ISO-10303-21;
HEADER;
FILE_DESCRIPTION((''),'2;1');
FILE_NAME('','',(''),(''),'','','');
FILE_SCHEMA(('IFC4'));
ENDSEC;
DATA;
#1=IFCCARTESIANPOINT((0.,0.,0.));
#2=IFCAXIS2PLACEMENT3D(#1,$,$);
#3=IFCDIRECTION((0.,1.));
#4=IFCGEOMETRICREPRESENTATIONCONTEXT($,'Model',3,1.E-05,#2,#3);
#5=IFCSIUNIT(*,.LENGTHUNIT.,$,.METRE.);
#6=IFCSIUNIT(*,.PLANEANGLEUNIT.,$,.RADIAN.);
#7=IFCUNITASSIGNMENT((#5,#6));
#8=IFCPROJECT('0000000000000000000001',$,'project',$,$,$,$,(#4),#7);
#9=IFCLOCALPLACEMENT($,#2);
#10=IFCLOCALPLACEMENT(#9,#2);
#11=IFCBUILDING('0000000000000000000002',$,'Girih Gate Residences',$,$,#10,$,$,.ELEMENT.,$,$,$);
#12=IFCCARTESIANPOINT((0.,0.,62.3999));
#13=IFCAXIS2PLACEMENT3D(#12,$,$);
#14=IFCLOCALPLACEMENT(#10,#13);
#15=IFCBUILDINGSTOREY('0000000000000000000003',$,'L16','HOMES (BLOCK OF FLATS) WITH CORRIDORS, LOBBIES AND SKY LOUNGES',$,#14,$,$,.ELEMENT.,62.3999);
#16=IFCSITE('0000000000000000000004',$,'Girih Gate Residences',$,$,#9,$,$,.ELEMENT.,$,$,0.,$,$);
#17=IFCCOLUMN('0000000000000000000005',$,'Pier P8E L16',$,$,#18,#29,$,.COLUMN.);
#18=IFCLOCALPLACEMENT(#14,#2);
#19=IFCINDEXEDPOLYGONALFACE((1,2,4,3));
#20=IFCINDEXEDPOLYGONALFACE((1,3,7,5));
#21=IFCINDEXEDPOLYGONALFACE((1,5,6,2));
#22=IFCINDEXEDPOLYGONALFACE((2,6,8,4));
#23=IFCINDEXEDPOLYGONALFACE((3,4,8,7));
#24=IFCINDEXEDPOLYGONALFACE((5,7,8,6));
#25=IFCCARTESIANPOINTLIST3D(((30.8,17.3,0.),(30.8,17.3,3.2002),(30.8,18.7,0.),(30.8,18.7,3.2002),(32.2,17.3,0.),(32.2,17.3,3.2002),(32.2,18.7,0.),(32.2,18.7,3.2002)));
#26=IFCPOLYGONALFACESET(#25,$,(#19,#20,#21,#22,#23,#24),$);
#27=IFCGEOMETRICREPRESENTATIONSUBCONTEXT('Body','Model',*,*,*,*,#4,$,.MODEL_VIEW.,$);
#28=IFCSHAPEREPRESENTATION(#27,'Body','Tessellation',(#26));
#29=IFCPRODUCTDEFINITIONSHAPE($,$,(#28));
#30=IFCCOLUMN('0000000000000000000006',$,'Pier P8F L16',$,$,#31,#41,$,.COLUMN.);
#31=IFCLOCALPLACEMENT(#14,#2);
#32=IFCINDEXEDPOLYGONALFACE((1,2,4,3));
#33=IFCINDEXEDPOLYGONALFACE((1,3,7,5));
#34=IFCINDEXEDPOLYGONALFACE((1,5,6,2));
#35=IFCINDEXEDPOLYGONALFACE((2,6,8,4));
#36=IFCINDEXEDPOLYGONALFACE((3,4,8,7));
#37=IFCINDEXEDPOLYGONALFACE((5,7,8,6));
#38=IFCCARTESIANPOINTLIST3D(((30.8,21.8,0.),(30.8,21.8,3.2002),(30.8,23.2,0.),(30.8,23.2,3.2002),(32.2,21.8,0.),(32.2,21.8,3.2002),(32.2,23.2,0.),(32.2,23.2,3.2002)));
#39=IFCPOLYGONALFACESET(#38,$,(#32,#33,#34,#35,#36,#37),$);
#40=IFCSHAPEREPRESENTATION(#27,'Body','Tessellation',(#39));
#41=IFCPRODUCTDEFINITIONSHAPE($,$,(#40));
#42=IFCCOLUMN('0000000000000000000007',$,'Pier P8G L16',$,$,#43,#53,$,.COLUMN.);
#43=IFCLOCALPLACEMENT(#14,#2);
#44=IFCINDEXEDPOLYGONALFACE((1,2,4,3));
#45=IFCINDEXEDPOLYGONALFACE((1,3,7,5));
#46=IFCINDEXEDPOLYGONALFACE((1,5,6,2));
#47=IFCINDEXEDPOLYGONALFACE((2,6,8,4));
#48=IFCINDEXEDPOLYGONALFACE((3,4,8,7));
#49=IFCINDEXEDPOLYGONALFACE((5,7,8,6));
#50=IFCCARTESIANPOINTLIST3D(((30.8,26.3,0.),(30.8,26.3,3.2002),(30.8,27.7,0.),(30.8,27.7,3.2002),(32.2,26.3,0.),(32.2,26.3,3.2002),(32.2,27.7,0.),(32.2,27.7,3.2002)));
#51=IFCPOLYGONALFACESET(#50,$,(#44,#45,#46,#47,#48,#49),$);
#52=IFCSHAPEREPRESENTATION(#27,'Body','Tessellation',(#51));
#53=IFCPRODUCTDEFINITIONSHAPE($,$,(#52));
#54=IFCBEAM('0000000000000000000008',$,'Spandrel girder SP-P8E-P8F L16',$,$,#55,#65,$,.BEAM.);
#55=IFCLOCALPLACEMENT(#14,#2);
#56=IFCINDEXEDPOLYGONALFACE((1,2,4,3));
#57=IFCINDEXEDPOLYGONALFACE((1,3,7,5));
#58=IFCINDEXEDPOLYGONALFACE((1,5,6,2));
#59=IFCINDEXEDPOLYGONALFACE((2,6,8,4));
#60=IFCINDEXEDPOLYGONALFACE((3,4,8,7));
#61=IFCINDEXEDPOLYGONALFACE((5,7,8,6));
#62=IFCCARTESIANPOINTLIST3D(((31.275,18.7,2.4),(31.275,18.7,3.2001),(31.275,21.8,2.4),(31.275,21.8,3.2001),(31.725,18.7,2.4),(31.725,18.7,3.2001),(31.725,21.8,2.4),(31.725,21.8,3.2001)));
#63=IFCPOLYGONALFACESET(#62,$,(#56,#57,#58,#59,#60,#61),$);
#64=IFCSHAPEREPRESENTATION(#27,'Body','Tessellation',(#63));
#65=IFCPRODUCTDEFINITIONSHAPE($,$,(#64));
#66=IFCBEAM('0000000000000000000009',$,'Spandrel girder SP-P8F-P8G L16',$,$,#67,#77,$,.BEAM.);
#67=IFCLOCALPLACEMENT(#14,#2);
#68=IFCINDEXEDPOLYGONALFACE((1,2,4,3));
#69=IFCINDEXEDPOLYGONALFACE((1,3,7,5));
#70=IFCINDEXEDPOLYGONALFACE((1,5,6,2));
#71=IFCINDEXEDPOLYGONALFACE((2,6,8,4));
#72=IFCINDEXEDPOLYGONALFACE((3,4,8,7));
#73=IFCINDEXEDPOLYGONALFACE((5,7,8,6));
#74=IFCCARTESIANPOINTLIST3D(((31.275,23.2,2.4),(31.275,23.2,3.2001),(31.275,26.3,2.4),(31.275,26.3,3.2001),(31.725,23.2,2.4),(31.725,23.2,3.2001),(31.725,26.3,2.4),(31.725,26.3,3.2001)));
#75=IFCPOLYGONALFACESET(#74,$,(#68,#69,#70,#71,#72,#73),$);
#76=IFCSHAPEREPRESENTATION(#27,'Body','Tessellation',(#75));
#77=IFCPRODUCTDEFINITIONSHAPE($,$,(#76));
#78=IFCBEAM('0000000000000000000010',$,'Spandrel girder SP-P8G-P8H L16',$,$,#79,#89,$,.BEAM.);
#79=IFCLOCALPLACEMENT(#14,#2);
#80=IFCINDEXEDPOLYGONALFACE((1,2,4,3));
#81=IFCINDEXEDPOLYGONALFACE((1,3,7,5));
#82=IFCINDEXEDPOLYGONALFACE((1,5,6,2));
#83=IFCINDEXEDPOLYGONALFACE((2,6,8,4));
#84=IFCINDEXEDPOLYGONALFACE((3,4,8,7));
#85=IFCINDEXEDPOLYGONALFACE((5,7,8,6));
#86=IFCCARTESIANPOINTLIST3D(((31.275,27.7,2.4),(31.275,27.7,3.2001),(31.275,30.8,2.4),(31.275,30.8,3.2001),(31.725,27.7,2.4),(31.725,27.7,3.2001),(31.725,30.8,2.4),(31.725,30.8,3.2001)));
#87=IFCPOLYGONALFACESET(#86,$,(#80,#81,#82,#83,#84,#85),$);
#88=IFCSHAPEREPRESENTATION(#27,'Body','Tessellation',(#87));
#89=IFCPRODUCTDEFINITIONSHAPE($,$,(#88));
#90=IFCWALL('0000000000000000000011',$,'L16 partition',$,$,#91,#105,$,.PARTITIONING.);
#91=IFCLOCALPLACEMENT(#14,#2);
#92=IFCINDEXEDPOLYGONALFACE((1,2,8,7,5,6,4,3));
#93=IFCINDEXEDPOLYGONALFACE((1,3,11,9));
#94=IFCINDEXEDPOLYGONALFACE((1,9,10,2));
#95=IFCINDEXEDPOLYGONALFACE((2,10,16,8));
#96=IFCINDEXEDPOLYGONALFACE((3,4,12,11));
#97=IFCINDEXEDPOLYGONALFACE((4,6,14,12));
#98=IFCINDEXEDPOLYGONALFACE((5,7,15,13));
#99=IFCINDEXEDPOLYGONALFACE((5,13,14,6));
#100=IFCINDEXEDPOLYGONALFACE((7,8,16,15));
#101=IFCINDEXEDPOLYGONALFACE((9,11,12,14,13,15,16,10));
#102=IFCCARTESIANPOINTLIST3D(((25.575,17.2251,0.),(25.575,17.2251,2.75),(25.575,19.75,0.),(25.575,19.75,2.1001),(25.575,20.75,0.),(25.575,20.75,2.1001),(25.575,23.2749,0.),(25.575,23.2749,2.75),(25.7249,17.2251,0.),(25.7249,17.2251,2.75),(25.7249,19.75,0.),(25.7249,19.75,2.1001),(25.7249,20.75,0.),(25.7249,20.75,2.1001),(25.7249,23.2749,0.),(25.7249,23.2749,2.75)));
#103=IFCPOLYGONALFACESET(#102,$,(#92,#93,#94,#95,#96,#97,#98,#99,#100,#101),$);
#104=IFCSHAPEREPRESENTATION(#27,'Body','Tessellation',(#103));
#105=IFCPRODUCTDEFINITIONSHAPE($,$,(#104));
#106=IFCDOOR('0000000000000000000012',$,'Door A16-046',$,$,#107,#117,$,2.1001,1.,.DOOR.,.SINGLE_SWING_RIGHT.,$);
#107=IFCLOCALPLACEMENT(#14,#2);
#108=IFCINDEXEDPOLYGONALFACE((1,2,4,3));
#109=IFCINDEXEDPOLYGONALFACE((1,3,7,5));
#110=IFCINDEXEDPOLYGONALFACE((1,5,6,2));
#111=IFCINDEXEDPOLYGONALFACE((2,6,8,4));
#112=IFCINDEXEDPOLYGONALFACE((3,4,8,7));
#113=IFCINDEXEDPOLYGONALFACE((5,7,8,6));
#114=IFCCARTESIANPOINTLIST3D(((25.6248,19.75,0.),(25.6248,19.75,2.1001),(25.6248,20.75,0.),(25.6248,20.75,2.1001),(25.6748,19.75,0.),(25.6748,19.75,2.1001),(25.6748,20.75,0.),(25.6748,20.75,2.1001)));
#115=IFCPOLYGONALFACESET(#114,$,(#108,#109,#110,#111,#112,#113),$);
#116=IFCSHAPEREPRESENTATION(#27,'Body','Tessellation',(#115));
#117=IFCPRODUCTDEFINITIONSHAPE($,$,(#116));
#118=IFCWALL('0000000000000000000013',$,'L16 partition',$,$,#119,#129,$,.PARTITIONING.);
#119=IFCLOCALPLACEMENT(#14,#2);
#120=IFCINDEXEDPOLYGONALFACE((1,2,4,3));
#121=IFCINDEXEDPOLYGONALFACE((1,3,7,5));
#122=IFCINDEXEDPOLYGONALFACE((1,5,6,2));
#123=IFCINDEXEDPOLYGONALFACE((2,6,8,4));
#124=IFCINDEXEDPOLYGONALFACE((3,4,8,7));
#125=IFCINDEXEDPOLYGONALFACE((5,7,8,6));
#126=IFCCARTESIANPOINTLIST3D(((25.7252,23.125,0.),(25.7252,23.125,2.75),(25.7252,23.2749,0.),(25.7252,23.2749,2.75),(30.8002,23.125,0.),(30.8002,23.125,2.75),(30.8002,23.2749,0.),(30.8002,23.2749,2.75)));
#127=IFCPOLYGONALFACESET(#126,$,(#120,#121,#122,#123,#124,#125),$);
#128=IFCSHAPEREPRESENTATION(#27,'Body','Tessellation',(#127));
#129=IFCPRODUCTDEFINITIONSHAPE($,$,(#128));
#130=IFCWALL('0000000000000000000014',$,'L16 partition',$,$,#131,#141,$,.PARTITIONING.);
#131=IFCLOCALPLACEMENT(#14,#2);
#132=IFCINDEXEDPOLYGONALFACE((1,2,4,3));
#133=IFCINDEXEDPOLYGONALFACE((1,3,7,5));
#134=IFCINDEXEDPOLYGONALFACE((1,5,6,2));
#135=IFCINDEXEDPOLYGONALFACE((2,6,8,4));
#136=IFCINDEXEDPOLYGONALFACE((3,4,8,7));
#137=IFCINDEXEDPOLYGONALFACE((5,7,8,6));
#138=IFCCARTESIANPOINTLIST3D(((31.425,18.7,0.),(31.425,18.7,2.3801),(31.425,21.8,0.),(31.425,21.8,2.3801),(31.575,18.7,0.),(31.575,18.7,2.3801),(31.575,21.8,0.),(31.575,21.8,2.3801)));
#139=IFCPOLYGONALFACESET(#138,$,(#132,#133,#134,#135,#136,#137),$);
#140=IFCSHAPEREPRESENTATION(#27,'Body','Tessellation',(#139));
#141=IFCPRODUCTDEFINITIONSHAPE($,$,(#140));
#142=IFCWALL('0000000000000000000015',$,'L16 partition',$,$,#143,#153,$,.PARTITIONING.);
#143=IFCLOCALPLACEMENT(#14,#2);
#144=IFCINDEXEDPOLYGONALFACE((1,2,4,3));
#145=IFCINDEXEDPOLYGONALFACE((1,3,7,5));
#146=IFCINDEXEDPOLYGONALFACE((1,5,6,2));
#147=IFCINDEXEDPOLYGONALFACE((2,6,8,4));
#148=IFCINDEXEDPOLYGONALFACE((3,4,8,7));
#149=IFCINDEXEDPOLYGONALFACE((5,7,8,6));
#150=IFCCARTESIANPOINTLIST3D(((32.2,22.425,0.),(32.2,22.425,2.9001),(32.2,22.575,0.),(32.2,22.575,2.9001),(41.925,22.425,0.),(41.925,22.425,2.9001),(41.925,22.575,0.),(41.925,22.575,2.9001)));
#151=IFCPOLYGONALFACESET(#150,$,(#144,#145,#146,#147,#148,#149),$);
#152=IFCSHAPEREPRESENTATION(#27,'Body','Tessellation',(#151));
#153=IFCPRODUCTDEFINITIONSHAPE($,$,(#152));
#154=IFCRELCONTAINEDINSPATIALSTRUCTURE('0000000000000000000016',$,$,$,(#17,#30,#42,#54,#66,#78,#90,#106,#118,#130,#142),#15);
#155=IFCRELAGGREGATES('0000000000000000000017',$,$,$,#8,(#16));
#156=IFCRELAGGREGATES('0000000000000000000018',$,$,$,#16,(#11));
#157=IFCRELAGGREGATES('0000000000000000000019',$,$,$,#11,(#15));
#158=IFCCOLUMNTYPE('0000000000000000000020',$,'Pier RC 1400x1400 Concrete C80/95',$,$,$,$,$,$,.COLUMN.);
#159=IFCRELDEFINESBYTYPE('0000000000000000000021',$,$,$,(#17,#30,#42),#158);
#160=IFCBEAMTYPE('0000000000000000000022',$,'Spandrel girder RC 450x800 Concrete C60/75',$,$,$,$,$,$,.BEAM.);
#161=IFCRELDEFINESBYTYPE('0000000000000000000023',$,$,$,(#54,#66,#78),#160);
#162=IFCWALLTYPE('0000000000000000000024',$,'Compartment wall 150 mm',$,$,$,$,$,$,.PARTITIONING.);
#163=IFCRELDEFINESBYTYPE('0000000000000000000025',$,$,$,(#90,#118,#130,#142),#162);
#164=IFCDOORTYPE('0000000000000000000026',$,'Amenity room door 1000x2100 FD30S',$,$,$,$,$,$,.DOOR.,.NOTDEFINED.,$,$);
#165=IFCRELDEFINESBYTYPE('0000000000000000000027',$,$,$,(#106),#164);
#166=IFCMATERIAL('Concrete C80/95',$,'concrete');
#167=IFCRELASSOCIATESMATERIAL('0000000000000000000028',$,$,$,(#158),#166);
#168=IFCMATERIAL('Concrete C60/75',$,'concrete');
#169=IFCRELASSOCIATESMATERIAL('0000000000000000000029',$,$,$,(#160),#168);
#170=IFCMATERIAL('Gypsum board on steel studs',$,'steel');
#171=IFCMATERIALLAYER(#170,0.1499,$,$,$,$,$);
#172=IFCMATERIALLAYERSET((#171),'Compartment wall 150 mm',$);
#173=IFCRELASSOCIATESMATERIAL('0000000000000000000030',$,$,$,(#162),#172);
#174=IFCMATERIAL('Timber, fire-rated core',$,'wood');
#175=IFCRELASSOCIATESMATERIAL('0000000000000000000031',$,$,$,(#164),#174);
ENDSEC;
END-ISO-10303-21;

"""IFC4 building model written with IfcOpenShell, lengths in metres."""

from ifc_helpers import new_model, si_unit, direction, frame, frame_2d, origin, origin_2d, place, context, subcontext, project, spatial, rectangle, extrude, material, layer, layer_set, material_profile, profile_set, type_object, element, fill, save


model = new_model("IFC4")

# Units and contexts
model_context = context("Model", 3, precision=1e-05, world=origin(), true_north=direction((0.0, 1.0)))
body_context = subcontext(model_context, "Body", "Model", "MODEL_VIEW")
ifc_project = project(units=[si_unit("LENGTHUNIT", "METRE"), si_unit("PLANEANGLEUNIT", "RADIAN")], contexts=[model_context])

# Site, building, storey
site_placement = place(None, origin())
site = spatial("IfcSite", under=ifc_project, at=site_placement, Name="Girih Gate Residences", CompositionType="ELEMENT", RefElevation=0.0)
building_placement = place(site_placement, origin())
building = spatial("IfcBuilding", under=site, at=building_placement, Name="Girih Gate Residences", CompositionType="ELEMENT")
storey_placement = place(building_placement, frame((0.0, 0.0, 62.3999)))
storey = spatial("IfcBuildingStorey", under=building, at=storey_placement, Name="L16", Description="HOMES (BLOCK OF FLATS) WITH CORRIDORS, LOBBIES AND SKY LOUNGES", CompositionType="ELEMENT", Elevation=62.3999)

# Columns
ifc_material_1 = material(Name="Concrete C80/95", Category="concrete")
ifc_material_profile_1 = material_profile(ifc_material_1, rectangle(XDim=1.3999, YDim=1.3999, at=origin_2d()))
ifc_profile_set_1 = profile_set([ifc_material_profile_1], Name="Concrete C80/95")
column_type = type_object("IfcColumnType", Name="Pier RC 1400x1400 Concrete C80/95", PredefinedType="COLUMN", material=ifc_profile_set_1)
for number, where, z_axis, x_axis, name in (
    (1, (31.5, 18.0, 0.0), (0.0, 0.0, 1.0), (1.0, 0.0, 0.0), "Pier P8E L16"),
    (2, (31.5, 22.5, 0.0), (0.0, 0.0, 1.0), (1.0, 0.0, 0.0), "Pier P8F L16"),
    (3, (31.5, 27.0, 0.0), (0.0, 0.0, 1.0), (1.0, 0.0, 0.0), "Pier P8G L16"),
):
    element("IfcColumn", number, at=place(storey_placement, frame(where, z_axis=z_axis, x_axis=x_axis)), inside=storey, type_object=column_type, Name=name, PredefinedType="COLUMN", context=body_context, shape_type="SweptSolid", body=[
        extrude(rectangle(XDim=1.3999, YDim=1.3999, at=origin_2d()), origin(), (0.0, 0.0, 1.0), 3.2002),
    ])

# Beams
ifc_material_2 = material(Name="Concrete C60/75", Category="concrete")
ifc_material_profile_2 = material_profile(ifc_material_2, rectangle(XDim=0.45, YDim=0.8, at=origin_2d()))
ifc_profile_set_2 = profile_set([ifc_material_profile_2], Name="Concrete C60/75")
beam_type = type_object("IfcBeamType", Name="Spandrel girder RC 450x800 Concrete C60/75", PredefinedType="BEAM", material=ifc_profile_set_2)
for number, where, z_axis, x_axis, name in (
    (4, (31.5, 18.7, 2.8), (0.0, 1.0, 0.0), (-1.0, 0.0, 0.0), "Spandrel girder SP-P8E-P8F L16"),
    (5, (31.5, 23.2, 2.8), (0.0, 1.0, 0.0), (-1.0, 0.0, 0.0), "Spandrel girder SP-P8F-P8G L16"),
    (6, (31.5, 27.7, 2.8), (0.0, 1.0, 0.0), (-1.0, 0.0, 0.0), "Spandrel girder SP-P8G-P8H L16"),
):
    element("IfcBeam", number, at=place(storey_placement, frame(where, z_axis=z_axis, x_axis=x_axis)), inside=storey, type_object=beam_type, Name=name, PredefinedType="BEAM", context=body_context, shape_type="SweptSolid", body=[
        extrude(rectangle(XDim=0.45, YDim=0.8, at=origin_2d()), origin(), (0.0, 0.0, 1.0), 3.1001),
    ])

# Wall, opening, door
ifc_material_3 = material(Name="Gypsum board on steel studs", Category="steel")
ifc_layer_1 = layer(ifc_material_3, 0.1499)
ifc_layer_set_1 = layer_set([ifc_layer_1], Name="Compartment wall 150 mm")
wall_type_1 = type_object("IfcWallType", Name="Compartment wall 150 mm", PredefinedType="PARTITIONING", material=ifc_layer_set_1)
wall_1_placement = place(storey_placement, frame((25.6499, 23.2749, 0.0), z_axis=(0.0, 0.0, 1.0), x_axis=(0.0, -1.0, 0.0)))
wall_1 = element("IfcWall", 7, at=wall_1_placement, inside=storey, type_object=wall_type_1, Name="L16 partition", PredefinedType="PARTITIONING", context=body_context, shape_type="SweptSolid", body=[
    extrude(rectangle(XDim=6.0498, YDim=0.1499, at=frame_2d((3.0249, 0.0))), origin(), (0.0, 0.0, 1.0), 2.75),
])
opening_1_placement = place(wall_1_placement, frame((2.5249, 0.0, 0.0)))
opening_1 = element("IfcOpeningElement", 8, at=opening_1_placement, cuts=wall_1, PredefinedType="OPENING", context=body_context, shape_type="SweptSolid", body=[
    extrude(rectangle(XDim=1.0, YDim=2.1001, at=frame_2d((0.5, 1.05))), frame((0.0, 0.085, 0.0), z_axis=(0.0, -1.0, 0.0), x_axis=(1.0, 0.0, 0.0)), (0.0, 0.0, 1.0), 0.1699),
])
ifc_material_4 = material(Name="Timber, fire-rated core", Category="wood")
door_type_1 = type_object("IfcDoorType", Name="Amenity room door 1000x2100 FD30S", OperationType="NOTDEFINED", PredefinedType="DOOR", material=ifc_material_4)
door_1_placement = place(opening_1_placement, origin())
door_1 = element("IfcDoor", 9, at=door_1_placement, inside=storey, type_object=door_type_1, Name="Door A16-046", OperationType="SINGLE_SWING_RIGHT", OverallHeight=2.1001, OverallWidth=1.0, PredefinedType="DOOR", context=body_context, shape_type="SweptSolid", body=[
    extrude(rectangle(XDim=1.0, YDim=2.1001, at=frame_2d((0.5, 1.05))), frame((0.0, 0.0249, 0.0), z_axis=(0.0, -1.0, 0.0), x_axis=(1.0, 0.0, 0.0)), (0.0, 0.0, 1.0), 0.05),
])
fill(opening_1, door_1)

# Walls
wall_2_placement = place(storey_placement, frame((25.7251, 23.2, 0.0), z_axis=(0.0, 0.0, 1.0), x_axis=(1.0, 0.0, 0.0)))
element("IfcWall", 10, at=wall_2_placement, inside=storey, type_object=wall_type_1, Name="L16 partition", PredefinedType="PARTITIONING", context=body_context, shape_type="SweptSolid", body=[
    extrude(rectangle(XDim=5.075, YDim=0.1499, at=frame_2d((2.5376, 0.0))), origin(), (0.0, 0.0, 1.0), 2.75),
])
wall_3_placement = place(storey_placement, frame((31.5, 18.7, 0.0), z_axis=(0.0, 0.0, 1.0), x_axis=(0.0, 1.0, 0.0)))
element("IfcWall", 11, at=wall_3_placement, inside=storey, type_object=wall_type_1, Name="L16 partition", PredefinedType="PARTITIONING", context=body_context, shape_type="SweptSolid", body=[
    extrude(rectangle(XDim=3.1001, YDim=0.1499, at=frame_2d((1.55, 0.0))), origin(), (0.0, 0.0, 1.0), 2.3801),
])
wall_4_placement = place(storey_placement, frame((32.2, 22.5, 0.0), z_axis=(0.0, 0.0, 1.0), x_axis=(1.0, 0.0, 0.0)))
element("IfcWall", 12, at=wall_4_placement, inside=storey, type_object=wall_type_1, Name="L16 partition", PredefinedType="PARTITIONING", context=body_context, shape_type="SweptSolid", body=[
    extrude(rectangle(XDim=9.7251, YDim=0.1499, at=frame_2d((4.8625, 0.0))), origin(), (0.0, 0.0, 1.0), 2.9001),
])

save(model, "model.ifc")
